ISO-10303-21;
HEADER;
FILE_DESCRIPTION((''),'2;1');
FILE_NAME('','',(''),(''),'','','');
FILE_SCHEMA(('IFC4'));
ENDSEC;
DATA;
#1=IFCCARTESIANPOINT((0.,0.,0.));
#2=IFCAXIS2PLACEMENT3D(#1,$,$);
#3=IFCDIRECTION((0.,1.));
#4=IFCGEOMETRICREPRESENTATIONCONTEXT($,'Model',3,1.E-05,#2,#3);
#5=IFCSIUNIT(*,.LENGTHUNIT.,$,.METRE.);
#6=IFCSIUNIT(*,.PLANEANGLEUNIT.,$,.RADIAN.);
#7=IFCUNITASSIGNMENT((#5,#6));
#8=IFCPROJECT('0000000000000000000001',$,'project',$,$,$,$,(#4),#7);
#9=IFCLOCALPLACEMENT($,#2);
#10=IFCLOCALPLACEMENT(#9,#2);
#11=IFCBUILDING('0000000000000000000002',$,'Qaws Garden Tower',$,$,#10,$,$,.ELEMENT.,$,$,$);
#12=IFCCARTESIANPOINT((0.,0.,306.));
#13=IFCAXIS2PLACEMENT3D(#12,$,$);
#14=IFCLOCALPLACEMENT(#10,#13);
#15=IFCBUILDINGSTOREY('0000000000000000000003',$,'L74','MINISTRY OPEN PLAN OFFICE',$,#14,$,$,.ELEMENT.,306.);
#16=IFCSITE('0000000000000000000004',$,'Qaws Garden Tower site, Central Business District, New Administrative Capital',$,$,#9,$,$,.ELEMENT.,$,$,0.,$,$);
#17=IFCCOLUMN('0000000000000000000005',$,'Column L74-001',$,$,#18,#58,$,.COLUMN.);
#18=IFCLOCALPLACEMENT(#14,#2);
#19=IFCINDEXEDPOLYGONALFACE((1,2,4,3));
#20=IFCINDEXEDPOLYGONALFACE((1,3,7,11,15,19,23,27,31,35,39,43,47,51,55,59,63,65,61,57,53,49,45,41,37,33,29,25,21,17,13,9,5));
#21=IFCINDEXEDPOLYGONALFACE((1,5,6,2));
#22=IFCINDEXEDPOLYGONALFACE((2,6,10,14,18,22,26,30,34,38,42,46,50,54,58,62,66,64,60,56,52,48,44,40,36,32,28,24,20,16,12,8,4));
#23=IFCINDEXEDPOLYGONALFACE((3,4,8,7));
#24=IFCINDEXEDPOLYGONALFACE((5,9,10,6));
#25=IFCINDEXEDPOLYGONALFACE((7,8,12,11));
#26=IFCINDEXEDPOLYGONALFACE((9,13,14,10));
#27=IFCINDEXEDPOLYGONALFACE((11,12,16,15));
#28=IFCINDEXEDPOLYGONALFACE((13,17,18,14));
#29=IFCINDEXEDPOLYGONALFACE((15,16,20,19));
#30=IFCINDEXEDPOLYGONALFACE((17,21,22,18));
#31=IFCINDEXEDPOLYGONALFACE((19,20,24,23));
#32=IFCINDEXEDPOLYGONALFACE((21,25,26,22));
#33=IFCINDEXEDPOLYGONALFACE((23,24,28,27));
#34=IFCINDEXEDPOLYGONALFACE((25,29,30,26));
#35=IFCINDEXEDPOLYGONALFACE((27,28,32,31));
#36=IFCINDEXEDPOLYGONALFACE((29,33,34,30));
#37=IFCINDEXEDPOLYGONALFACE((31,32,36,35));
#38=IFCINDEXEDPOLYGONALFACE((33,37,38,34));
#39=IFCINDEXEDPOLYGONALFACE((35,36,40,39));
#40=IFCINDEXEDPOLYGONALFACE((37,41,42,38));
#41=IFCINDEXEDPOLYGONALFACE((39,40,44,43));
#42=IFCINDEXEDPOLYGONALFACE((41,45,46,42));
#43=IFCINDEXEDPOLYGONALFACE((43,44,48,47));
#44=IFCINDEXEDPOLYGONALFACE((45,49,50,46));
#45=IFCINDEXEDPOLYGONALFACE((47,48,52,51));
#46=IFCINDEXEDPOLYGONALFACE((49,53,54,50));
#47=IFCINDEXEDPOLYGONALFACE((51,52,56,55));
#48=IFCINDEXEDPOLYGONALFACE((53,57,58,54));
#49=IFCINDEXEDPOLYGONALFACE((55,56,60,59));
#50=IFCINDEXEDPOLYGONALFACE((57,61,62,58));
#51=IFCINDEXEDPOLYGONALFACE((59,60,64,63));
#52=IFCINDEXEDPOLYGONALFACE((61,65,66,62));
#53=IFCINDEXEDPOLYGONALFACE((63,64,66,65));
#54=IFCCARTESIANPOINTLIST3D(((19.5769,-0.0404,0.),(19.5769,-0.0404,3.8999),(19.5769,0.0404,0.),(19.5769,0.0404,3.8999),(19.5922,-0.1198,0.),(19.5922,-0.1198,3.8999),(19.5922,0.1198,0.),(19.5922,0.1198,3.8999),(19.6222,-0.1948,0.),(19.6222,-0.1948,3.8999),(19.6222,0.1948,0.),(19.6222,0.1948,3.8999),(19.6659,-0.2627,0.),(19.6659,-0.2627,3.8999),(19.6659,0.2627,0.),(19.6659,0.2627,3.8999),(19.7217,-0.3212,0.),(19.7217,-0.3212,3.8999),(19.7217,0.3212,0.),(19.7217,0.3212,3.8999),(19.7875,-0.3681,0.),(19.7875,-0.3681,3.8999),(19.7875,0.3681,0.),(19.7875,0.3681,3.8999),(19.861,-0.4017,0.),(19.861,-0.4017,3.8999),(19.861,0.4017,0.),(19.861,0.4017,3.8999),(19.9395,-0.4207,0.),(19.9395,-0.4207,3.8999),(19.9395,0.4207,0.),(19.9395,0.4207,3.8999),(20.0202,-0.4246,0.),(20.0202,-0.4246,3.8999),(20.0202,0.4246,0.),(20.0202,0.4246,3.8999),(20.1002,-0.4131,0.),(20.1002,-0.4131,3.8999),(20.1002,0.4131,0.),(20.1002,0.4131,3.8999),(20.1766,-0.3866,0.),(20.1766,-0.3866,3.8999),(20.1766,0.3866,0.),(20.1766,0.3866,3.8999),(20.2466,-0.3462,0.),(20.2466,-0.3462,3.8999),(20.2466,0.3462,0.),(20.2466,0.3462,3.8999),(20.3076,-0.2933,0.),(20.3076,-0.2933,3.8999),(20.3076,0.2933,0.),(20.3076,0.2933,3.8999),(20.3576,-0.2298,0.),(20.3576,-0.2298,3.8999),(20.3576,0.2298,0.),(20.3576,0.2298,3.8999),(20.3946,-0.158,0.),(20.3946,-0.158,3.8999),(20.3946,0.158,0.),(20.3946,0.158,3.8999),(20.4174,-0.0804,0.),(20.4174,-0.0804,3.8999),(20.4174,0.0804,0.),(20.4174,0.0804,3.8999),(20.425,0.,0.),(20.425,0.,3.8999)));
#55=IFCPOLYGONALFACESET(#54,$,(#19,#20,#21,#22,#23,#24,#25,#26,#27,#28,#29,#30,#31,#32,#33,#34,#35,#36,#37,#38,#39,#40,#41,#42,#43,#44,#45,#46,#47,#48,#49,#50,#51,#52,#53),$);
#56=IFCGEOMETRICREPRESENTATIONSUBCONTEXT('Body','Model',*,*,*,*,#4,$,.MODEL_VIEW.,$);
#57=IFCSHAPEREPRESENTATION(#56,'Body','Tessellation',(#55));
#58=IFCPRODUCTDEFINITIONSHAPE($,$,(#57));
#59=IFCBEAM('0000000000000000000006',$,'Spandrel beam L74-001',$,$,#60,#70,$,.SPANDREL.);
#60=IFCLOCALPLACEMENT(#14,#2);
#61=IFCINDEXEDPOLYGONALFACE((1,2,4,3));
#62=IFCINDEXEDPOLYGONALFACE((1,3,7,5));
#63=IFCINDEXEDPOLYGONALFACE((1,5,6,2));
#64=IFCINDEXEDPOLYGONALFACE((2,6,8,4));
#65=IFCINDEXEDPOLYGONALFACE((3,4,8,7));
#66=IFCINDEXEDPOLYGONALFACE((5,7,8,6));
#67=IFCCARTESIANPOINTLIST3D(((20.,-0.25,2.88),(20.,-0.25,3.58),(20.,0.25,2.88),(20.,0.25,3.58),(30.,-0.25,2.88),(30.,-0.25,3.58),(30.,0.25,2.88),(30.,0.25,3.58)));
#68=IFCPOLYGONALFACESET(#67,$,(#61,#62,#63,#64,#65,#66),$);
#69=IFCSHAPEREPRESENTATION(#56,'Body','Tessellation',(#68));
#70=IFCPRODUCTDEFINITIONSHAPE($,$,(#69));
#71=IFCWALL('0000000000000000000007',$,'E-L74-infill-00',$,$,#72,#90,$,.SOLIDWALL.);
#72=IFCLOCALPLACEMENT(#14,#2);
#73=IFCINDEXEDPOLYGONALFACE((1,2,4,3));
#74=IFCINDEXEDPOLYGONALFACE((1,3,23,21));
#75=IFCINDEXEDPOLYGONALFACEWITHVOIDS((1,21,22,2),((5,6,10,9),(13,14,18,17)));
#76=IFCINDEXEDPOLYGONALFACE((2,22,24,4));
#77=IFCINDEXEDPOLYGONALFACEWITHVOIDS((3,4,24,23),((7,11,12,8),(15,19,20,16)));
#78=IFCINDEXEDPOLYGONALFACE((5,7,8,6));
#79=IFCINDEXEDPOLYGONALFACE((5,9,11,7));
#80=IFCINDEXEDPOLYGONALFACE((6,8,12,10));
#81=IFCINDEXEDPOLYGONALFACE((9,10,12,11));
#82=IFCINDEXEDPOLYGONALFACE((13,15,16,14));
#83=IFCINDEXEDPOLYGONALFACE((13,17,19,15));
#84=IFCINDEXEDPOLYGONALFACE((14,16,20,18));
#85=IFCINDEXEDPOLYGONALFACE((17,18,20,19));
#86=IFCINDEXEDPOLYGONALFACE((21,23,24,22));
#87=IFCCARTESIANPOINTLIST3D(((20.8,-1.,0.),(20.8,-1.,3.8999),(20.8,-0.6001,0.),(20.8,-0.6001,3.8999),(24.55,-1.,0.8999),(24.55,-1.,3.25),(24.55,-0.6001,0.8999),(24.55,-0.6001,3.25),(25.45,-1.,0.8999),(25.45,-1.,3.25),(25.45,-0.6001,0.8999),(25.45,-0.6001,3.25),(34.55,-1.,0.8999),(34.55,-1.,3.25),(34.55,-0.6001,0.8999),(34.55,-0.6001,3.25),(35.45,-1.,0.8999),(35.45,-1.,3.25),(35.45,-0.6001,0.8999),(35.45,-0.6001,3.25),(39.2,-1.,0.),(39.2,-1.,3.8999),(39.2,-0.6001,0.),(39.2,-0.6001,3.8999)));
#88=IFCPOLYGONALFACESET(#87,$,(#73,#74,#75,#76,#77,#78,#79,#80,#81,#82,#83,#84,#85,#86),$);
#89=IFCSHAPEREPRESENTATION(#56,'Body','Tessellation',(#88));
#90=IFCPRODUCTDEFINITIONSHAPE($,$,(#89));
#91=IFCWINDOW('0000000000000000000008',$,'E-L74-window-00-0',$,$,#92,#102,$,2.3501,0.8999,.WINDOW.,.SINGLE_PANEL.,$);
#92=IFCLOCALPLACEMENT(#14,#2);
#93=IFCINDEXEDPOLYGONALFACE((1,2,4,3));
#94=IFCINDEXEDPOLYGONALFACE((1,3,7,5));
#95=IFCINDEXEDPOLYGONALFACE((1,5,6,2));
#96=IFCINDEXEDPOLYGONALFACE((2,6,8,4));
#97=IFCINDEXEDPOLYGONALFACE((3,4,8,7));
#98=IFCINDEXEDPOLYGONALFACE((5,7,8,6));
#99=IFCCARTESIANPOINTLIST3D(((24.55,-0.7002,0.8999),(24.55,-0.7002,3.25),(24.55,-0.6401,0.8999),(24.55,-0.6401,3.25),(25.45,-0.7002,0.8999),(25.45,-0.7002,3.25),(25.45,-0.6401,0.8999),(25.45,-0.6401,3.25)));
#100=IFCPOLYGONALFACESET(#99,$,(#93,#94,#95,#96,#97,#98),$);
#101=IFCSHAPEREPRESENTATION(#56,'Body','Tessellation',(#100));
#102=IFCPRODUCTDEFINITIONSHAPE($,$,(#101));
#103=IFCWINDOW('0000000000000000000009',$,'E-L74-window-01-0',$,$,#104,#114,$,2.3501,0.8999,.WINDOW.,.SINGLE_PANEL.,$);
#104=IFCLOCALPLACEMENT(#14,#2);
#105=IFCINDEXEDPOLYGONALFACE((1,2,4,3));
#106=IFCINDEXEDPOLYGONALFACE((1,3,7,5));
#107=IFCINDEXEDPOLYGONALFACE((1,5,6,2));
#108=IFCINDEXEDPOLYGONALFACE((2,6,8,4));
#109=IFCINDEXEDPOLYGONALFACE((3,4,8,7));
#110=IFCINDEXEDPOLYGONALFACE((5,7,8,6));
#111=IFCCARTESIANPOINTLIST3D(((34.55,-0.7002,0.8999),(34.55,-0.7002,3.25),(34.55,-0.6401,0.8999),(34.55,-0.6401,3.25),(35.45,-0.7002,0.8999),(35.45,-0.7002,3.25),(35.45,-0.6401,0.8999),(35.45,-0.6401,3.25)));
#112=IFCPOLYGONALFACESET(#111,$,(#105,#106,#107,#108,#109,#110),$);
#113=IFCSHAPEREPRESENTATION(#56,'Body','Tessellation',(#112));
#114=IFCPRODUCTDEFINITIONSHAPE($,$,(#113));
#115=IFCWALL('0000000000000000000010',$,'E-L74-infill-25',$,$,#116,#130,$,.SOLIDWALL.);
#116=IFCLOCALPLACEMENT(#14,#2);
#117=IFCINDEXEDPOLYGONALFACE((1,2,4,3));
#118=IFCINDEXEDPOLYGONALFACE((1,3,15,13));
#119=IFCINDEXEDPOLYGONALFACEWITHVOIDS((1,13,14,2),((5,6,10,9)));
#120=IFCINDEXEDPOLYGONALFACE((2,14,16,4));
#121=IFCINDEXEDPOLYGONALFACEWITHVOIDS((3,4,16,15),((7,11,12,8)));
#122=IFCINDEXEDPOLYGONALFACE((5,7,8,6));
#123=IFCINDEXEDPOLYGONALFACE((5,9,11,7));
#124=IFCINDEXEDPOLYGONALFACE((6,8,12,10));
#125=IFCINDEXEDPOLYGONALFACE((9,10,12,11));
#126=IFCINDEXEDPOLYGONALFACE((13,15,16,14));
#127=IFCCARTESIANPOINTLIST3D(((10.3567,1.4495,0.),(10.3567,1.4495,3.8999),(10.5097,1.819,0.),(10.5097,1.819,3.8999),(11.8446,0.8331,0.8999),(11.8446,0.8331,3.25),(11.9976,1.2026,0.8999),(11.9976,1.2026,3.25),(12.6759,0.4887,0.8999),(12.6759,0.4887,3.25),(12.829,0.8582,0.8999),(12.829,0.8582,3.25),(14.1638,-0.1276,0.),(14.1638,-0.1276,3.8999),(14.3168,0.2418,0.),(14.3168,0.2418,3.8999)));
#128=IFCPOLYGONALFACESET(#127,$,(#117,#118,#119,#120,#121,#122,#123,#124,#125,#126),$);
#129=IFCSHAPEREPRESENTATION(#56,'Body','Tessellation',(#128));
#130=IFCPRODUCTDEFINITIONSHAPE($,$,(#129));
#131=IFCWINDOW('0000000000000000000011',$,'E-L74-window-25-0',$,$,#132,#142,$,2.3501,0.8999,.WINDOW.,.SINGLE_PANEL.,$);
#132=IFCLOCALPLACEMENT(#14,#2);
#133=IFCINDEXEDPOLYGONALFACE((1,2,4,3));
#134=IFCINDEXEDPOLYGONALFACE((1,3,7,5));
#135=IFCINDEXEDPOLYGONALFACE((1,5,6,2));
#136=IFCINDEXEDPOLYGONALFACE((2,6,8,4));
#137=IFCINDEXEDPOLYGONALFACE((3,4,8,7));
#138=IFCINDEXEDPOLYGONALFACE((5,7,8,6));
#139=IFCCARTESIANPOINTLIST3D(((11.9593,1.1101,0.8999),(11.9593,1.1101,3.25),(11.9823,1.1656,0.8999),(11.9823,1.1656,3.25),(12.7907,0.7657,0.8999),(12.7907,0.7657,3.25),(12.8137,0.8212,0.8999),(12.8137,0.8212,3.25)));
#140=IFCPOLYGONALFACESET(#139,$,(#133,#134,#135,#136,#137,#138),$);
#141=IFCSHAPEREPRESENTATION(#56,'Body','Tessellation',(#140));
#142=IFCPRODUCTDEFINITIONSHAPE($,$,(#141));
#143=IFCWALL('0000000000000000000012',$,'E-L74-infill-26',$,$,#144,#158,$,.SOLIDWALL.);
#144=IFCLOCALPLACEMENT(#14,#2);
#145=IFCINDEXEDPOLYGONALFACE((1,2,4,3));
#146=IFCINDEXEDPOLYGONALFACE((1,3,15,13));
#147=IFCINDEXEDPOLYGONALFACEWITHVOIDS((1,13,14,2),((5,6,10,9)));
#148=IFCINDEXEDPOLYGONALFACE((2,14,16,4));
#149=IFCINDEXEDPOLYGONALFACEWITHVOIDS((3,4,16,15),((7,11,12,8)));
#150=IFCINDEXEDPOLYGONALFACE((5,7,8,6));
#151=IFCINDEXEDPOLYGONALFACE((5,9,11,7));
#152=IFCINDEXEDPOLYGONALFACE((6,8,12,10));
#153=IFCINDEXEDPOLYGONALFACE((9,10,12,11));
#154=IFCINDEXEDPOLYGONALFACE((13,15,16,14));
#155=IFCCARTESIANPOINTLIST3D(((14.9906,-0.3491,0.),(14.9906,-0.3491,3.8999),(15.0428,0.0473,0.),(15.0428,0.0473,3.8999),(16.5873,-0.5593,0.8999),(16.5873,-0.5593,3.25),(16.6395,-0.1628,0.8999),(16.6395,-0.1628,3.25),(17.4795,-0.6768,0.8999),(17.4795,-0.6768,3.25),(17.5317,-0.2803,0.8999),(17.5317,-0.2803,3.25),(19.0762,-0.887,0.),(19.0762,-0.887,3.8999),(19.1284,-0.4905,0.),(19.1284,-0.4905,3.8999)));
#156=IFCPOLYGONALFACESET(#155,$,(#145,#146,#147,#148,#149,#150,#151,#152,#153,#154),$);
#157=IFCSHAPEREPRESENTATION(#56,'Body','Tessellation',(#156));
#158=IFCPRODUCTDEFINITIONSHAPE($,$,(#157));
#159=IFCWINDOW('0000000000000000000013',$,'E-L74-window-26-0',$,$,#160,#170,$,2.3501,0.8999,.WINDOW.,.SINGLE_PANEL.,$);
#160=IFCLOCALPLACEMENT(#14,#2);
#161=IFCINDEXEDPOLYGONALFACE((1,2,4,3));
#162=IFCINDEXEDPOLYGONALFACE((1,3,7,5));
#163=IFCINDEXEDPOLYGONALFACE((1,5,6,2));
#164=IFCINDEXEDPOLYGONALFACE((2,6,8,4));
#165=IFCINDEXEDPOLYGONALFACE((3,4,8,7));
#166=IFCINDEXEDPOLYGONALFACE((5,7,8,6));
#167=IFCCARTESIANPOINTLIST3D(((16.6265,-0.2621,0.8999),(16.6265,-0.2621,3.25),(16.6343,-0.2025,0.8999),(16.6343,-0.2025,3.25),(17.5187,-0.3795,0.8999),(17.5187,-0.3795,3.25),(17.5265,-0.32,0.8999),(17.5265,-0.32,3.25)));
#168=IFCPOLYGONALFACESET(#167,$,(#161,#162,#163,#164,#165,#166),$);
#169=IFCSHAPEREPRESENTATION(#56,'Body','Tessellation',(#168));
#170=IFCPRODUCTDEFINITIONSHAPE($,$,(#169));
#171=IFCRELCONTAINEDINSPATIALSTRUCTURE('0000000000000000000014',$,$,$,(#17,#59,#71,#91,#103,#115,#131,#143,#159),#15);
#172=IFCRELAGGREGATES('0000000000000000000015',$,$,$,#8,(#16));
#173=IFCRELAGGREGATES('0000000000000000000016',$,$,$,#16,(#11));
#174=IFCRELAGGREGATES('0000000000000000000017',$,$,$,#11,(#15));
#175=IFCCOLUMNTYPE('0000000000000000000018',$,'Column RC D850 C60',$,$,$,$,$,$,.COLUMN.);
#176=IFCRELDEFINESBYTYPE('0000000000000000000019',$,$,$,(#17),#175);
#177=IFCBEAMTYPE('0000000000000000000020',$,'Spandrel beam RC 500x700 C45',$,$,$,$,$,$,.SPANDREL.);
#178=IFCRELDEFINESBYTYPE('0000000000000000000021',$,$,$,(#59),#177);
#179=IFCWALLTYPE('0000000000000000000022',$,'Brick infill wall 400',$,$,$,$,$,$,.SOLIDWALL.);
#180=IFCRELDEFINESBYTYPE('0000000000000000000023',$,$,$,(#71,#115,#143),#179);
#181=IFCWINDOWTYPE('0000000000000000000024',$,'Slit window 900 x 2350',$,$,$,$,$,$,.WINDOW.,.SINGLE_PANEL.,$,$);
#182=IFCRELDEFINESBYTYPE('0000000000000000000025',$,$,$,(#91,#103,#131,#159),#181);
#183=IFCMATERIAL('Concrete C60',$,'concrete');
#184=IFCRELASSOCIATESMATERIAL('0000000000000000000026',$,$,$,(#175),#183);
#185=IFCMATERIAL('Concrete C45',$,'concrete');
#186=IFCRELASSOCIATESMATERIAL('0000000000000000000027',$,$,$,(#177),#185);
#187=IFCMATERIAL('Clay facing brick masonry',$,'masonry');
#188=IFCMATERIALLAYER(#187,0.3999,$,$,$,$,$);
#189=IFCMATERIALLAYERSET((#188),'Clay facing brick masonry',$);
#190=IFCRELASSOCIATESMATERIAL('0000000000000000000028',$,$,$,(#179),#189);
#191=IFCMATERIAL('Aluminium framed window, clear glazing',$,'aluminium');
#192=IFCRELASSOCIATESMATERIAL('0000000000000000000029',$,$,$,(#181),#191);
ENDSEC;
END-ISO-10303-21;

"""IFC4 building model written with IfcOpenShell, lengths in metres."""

from ifc_helpers import new_model, si_unit, direction, frame, frame_2d, origin, origin_2d, place, context, subcontext, project, spatial, rectangle, circle, extrude, material, layer, layer_set, material_profile, profile_set, type_object, element, fill, save


model = new_model("IFC4")

# Units and contexts
model_context = context("Model", 3, precision=1e-05, world=origin(), true_north=direction((0.0, 1.0)))
body_context = subcontext(model_context, "Body", "Model", "MODEL_VIEW")
ifc_project = project(units=[si_unit("LENGTHUNIT", "METRE"), si_unit("PLANEANGLEUNIT", "RADIAN")], contexts=[model_context])

# Site, building, storey
site_placement = place(None, origin())
site = spatial("IfcSite", under=ifc_project, at=site_placement, Name="Qaws Garden Tower site, Central Business District, New Administrative Capital", CompositionType="ELEMENT", RefElevation=0.0)
building_placement = place(site_placement, origin())
building = spatial("IfcBuilding", under=site, at=building_placement, Name="Qaws Garden Tower", CompositionType="ELEMENT")
storey_placement = place(building_placement, frame((0.0, 0.0, 306.0)))
storey = spatial("IfcBuildingStorey", under=building, at=storey_placement, Name="L74", Description="MINISTRY OPEN PLAN OFFICE", CompositionType="ELEMENT", Elevation=306.0)

# Column
ifc_material_1 = material(Name="Concrete C60", Category="concrete")
ifc_material_profile_1 = material_profile(ifc_material_1, circle(Radius=0.425, at=origin_2d()), Name="RC D850")
ifc_profile_set_1 = profile_set([ifc_material_profile_1], Name="Concrete C60")
column_type = type_object("IfcColumnType", Name="Column RC D850 C60", PredefinedType="COLUMN", material=ifc_profile_set_1)
column_placement = place(storey_placement, frame((20.0, 0.0, 0.0), z_axis=(0.0, 0.0, 1.0), x_axis=(1.0, 0.0, 0.0)))
element("IfcColumn", 1, at=column_placement, inside=storey, type_object=column_type, Name="Column L74-001", PredefinedType="COLUMN", context=body_context, shape_type="SweptSolid", body=[
    extrude(circle(Radius=0.425, at=origin_2d()), origin(), (0.0, 0.0, 1.0), 3.8999),
])

# Beam
ifc_material_2 = material(Name="Concrete C45", Category="concrete")
ifc_material_profile_2 = material_profile(ifc_material_2, rectangle(XDim=0.5, YDim=0.7, at=origin_2d()), Name="RC 500x700")
ifc_profile_set_2 = profile_set([ifc_material_profile_2], Name="Concrete C45")
beam_type = type_object("IfcBeamType", Name="Spandrel beam RC 500x700 C45", PredefinedType="SPANDREL", material=ifc_profile_set_2)
beam_placement = place(storey_placement, frame((20.0, 0.0, 3.23), z_axis=(1.0, 0.0, 0.0), x_axis=(0.0, 1.0, 0.0)))
element("IfcBeam", 2, at=beam_placement, inside=storey, type_object=beam_type, Name="Spandrel beam L74-001", PredefinedType="SPANDREL", context=body_context, shape_type="SweptSolid", body=[
    extrude(rectangle(XDim=0.5, YDim=0.7, at=origin_2d()), origin(), (0.0, 0.0, 1.0), 10.0),
])

# Wall, openings, windows
ifc_material_3 = material(Name="Clay facing brick masonry", Category="masonry")
ifc_layer_1 = layer(ifc_material_3, 0.3999)
ifc_layer_set_1 = layer_set([ifc_layer_1], Name="Clay facing brick masonry")
wall_type_1 = type_object("IfcWallType", Name="Brick infill wall 400", PredefinedType="SOLIDWALL", material=ifc_layer_set_1)
wall_1_placement = place(storey_placement, frame((20.8, -0.8, 0.0), z_axis=(0.0, 0.0, 1.0), x_axis=(1.0, 0.0, 0.0)))
wall_1 = element("IfcWall", 3, at=wall_1_placement, inside=storey, type_object=wall_type_1, Name="E-L74-infill-00", PredefinedType="SOLIDWALL", context=body_context, shape_type="SweptSolid", body=[
    extrude(rectangle(XDim=18.3999, YDim=0.3999, at=frame_2d((9.2, 0.0))), origin(), (0.0, 0.0, 1.0), 3.8999),
])
opening_1_placement = place(wall_1_placement, frame((3.75, 0.0, 0.8999)))
opening_1 = element("IfcOpeningElement", 4, at=opening_1_placement, cuts=wall_1, PredefinedType="OPENING", context=body_context, shape_type="SweptSolid", body=[
    extrude(rectangle(XDim=0.8999, YDim=2.3501, at=frame_2d((0.45, 1.175))), frame((0.0, 0.21, 0.0), z_axis=(0.0, -1.0, 0.0), x_axis=(1.0, 0.0, 0.0)), (0.0, 0.0, 1.0), 0.4199),
])
opening_2_placement = place(wall_1_placement, frame((13.75, 0.0, 0.8999)))
opening_2 = element("IfcOpeningElement", 5, at=opening_2_placement, cuts=wall_1, PredefinedType="OPENING", context=body_context, shape_type="SweptSolid", body=[
    extrude(rectangle(XDim=0.8999, YDim=2.3501, at=frame_2d((0.45, 1.175))), frame((0.0, 0.21, 0.0), z_axis=(0.0, -1.0, 0.0), x_axis=(1.0, 0.0, 0.0)), (0.0, 0.0, 1.0), 0.4199),
])
ifc_material_4 = material(Name="Aluminium framed window, clear glazing", Category="aluminium")
window_type = type_object("IfcWindowType", Name="Slit window 900 x 2350", PartitioningType="SINGLE_PANEL", PredefinedType="WINDOW", material=ifc_material_4)
window_1_placement = place(opening_1_placement, origin())
window_1 = element("IfcWindow", 6, at=window_1_placement, inside=storey, type_object=window_type, Name="E-L74-window-00-0", OverallHeight=2.3501, OverallWidth=0.8999, PartitioningType="SINGLE_PANEL", PredefinedType="WINDOW", context=body_context, shape_type="SweptSolid", body=[
    extrude(rectangle(XDim=0.8999, YDim=2.3501, at=frame_2d((0.45, 1.175))), frame((0.0, 0.1599, 0.0), z_axis=(0.0, -1.0, 0.0), x_axis=(1.0, 0.0, 0.0)), (0.0, 0.0, 1.0), 0.0601),
])
fill(opening_1, window_1)
window_2_placement = place(opening_2_placement, origin())
window_2 = element("IfcWindow", 7, at=window_2_placement, inside=storey, type_object=window_type, Name="E-L74-window-01-0", OverallHeight=2.3501, OverallWidth=0.8999, PartitioningType="SINGLE_PANEL", PredefinedType="WINDOW", context=body_context, shape_type="SweptSolid", body=[
    extrude(rectangle(XDim=0.8999, YDim=2.3501, at=frame_2d((0.45, 1.175))), frame((0.0, 0.1599, 0.0), z_axis=(0.0, -1.0, 0.0), x_axis=(1.0, 0.0, 0.0)), (0.0, 0.0, 1.0), 0.0601),
])
fill(opening_2, window_2)

# Walls, openings, windows
wall_2_placement = place(storey_placement, frame((10.4331, 1.6343, 0.0), z_axis=(0.0, 0.0, 1.0), x_axis=(0.923864, -0.382722, 0.0)))
wall_2 = element("IfcWall", 8, at=wall_2_placement, inside=storey, type_object=wall_type_1, Name="E-L74-infill-25", PredefinedType="SOLIDWALL", context=body_context, shape_type="SweptSolid", body=[
    extrude(rectangle(XDim=4.1208, YDim=0.3999, at=frame_2d((2.0605, 0.0))), origin(), (0.0, 0.0, 1.0), 3.8999),
])
opening_3_placement = place(wall_2_placement, frame((1.6106, 0.0, 0.8999)))
opening_3 = element("IfcOpeningElement", 9, at=opening_3_placement, cuts=wall_2, PredefinedType="OPENING", context=body_context, shape_type="SweptSolid", body=[
    extrude(rectangle(XDim=0.8999, YDim=2.3501, at=frame_2d((0.45, 1.175))), frame((0.0, 0.21, 0.0), z_axis=(0.0, -1.0, 0.0), x_axis=(1.0, 0.0, 0.0)), (0.0, 0.0, 1.0), 0.4199),
])
window_3_placement = place(opening_3_placement, origin())
window_3 = element("IfcWindow", 10, at=window_3_placement, inside=storey, type_object=window_type, Name="E-L74-window-25-0", OverallHeight=2.3501, OverallWidth=0.8999, PartitioningType="SINGLE_PANEL", PredefinedType="WINDOW", context=body_context, shape_type="SweptSolid", body=[
    extrude(rectangle(XDim=0.8999, YDim=2.3501, at=frame_2d((0.45, 1.175))), frame((0.0, 0.1599, 0.0), z_axis=(0.0, -1.0, 0.0), x_axis=(1.0, 0.0, 0.0)), (0.0, 0.0, 1.0), 0.0601),
])
fill(opening_3, window_3)
wall_3_placement = place(storey_placement, frame((15.0166, -0.1509, 0.0), z_axis=(0.0, 0.0, 1.0), x_axis=(0.991446, -0.130514, 0.0)))
wall_3 = element("IfcWall", 11, at=wall_3_placement, inside=storey, type_object=wall_type_1, Name="E-L74-infill-26", PredefinedType="SOLIDWALL", context=body_context, shape_type="SweptSolid", body=[
    extrude(rectangle(XDim=4.1208, YDim=0.3999, at=frame_2d((2.0605, 0.0))), origin(), (0.0, 0.0, 1.0), 3.8999),
])
opening_4_placement = place(wall_3_placement, frame((1.6106, 0.0, 0.8999)))
opening_4 = element("IfcOpeningElement", 12, at=opening_4_placement, cuts=wall_3, PredefinedType="OPENING", context=body_context, shape_type="SweptSolid", body=[
    extrude(rectangle(XDim=0.8999, YDim=2.3501, at=frame_2d((0.45, 1.175))), frame((0.0, 0.21, 0.0), z_axis=(0.0, -1.0, 0.0), x_axis=(1.0, 0.0, 0.0)), (0.0, 0.0, 1.0), 0.4199),
])
window_4_placement = place(opening_4_placement, origin())
window_4 = element("IfcWindow", 13, at=window_4_placement, inside=storey, type_object=window_type, Name="E-L74-window-26-0", OverallHeight=2.3501, OverallWidth=0.8999, PartitioningType="SINGLE_PANEL", PredefinedType="WINDOW", context=body_context, shape_type="SweptSolid", body=[
    extrude(rectangle(XDim=0.8999, YDim=2.3501, at=frame_2d((0.45, 1.175))), frame((0.0, 0.1599, 0.0), z_axis=(0.0, -1.0, 0.0), x_axis=(1.0, 0.0, 0.0)), (0.0, 0.0, 1.0), 0.0601),
])
fill(opening_4, window_4)

save(model, "model.ifc")
